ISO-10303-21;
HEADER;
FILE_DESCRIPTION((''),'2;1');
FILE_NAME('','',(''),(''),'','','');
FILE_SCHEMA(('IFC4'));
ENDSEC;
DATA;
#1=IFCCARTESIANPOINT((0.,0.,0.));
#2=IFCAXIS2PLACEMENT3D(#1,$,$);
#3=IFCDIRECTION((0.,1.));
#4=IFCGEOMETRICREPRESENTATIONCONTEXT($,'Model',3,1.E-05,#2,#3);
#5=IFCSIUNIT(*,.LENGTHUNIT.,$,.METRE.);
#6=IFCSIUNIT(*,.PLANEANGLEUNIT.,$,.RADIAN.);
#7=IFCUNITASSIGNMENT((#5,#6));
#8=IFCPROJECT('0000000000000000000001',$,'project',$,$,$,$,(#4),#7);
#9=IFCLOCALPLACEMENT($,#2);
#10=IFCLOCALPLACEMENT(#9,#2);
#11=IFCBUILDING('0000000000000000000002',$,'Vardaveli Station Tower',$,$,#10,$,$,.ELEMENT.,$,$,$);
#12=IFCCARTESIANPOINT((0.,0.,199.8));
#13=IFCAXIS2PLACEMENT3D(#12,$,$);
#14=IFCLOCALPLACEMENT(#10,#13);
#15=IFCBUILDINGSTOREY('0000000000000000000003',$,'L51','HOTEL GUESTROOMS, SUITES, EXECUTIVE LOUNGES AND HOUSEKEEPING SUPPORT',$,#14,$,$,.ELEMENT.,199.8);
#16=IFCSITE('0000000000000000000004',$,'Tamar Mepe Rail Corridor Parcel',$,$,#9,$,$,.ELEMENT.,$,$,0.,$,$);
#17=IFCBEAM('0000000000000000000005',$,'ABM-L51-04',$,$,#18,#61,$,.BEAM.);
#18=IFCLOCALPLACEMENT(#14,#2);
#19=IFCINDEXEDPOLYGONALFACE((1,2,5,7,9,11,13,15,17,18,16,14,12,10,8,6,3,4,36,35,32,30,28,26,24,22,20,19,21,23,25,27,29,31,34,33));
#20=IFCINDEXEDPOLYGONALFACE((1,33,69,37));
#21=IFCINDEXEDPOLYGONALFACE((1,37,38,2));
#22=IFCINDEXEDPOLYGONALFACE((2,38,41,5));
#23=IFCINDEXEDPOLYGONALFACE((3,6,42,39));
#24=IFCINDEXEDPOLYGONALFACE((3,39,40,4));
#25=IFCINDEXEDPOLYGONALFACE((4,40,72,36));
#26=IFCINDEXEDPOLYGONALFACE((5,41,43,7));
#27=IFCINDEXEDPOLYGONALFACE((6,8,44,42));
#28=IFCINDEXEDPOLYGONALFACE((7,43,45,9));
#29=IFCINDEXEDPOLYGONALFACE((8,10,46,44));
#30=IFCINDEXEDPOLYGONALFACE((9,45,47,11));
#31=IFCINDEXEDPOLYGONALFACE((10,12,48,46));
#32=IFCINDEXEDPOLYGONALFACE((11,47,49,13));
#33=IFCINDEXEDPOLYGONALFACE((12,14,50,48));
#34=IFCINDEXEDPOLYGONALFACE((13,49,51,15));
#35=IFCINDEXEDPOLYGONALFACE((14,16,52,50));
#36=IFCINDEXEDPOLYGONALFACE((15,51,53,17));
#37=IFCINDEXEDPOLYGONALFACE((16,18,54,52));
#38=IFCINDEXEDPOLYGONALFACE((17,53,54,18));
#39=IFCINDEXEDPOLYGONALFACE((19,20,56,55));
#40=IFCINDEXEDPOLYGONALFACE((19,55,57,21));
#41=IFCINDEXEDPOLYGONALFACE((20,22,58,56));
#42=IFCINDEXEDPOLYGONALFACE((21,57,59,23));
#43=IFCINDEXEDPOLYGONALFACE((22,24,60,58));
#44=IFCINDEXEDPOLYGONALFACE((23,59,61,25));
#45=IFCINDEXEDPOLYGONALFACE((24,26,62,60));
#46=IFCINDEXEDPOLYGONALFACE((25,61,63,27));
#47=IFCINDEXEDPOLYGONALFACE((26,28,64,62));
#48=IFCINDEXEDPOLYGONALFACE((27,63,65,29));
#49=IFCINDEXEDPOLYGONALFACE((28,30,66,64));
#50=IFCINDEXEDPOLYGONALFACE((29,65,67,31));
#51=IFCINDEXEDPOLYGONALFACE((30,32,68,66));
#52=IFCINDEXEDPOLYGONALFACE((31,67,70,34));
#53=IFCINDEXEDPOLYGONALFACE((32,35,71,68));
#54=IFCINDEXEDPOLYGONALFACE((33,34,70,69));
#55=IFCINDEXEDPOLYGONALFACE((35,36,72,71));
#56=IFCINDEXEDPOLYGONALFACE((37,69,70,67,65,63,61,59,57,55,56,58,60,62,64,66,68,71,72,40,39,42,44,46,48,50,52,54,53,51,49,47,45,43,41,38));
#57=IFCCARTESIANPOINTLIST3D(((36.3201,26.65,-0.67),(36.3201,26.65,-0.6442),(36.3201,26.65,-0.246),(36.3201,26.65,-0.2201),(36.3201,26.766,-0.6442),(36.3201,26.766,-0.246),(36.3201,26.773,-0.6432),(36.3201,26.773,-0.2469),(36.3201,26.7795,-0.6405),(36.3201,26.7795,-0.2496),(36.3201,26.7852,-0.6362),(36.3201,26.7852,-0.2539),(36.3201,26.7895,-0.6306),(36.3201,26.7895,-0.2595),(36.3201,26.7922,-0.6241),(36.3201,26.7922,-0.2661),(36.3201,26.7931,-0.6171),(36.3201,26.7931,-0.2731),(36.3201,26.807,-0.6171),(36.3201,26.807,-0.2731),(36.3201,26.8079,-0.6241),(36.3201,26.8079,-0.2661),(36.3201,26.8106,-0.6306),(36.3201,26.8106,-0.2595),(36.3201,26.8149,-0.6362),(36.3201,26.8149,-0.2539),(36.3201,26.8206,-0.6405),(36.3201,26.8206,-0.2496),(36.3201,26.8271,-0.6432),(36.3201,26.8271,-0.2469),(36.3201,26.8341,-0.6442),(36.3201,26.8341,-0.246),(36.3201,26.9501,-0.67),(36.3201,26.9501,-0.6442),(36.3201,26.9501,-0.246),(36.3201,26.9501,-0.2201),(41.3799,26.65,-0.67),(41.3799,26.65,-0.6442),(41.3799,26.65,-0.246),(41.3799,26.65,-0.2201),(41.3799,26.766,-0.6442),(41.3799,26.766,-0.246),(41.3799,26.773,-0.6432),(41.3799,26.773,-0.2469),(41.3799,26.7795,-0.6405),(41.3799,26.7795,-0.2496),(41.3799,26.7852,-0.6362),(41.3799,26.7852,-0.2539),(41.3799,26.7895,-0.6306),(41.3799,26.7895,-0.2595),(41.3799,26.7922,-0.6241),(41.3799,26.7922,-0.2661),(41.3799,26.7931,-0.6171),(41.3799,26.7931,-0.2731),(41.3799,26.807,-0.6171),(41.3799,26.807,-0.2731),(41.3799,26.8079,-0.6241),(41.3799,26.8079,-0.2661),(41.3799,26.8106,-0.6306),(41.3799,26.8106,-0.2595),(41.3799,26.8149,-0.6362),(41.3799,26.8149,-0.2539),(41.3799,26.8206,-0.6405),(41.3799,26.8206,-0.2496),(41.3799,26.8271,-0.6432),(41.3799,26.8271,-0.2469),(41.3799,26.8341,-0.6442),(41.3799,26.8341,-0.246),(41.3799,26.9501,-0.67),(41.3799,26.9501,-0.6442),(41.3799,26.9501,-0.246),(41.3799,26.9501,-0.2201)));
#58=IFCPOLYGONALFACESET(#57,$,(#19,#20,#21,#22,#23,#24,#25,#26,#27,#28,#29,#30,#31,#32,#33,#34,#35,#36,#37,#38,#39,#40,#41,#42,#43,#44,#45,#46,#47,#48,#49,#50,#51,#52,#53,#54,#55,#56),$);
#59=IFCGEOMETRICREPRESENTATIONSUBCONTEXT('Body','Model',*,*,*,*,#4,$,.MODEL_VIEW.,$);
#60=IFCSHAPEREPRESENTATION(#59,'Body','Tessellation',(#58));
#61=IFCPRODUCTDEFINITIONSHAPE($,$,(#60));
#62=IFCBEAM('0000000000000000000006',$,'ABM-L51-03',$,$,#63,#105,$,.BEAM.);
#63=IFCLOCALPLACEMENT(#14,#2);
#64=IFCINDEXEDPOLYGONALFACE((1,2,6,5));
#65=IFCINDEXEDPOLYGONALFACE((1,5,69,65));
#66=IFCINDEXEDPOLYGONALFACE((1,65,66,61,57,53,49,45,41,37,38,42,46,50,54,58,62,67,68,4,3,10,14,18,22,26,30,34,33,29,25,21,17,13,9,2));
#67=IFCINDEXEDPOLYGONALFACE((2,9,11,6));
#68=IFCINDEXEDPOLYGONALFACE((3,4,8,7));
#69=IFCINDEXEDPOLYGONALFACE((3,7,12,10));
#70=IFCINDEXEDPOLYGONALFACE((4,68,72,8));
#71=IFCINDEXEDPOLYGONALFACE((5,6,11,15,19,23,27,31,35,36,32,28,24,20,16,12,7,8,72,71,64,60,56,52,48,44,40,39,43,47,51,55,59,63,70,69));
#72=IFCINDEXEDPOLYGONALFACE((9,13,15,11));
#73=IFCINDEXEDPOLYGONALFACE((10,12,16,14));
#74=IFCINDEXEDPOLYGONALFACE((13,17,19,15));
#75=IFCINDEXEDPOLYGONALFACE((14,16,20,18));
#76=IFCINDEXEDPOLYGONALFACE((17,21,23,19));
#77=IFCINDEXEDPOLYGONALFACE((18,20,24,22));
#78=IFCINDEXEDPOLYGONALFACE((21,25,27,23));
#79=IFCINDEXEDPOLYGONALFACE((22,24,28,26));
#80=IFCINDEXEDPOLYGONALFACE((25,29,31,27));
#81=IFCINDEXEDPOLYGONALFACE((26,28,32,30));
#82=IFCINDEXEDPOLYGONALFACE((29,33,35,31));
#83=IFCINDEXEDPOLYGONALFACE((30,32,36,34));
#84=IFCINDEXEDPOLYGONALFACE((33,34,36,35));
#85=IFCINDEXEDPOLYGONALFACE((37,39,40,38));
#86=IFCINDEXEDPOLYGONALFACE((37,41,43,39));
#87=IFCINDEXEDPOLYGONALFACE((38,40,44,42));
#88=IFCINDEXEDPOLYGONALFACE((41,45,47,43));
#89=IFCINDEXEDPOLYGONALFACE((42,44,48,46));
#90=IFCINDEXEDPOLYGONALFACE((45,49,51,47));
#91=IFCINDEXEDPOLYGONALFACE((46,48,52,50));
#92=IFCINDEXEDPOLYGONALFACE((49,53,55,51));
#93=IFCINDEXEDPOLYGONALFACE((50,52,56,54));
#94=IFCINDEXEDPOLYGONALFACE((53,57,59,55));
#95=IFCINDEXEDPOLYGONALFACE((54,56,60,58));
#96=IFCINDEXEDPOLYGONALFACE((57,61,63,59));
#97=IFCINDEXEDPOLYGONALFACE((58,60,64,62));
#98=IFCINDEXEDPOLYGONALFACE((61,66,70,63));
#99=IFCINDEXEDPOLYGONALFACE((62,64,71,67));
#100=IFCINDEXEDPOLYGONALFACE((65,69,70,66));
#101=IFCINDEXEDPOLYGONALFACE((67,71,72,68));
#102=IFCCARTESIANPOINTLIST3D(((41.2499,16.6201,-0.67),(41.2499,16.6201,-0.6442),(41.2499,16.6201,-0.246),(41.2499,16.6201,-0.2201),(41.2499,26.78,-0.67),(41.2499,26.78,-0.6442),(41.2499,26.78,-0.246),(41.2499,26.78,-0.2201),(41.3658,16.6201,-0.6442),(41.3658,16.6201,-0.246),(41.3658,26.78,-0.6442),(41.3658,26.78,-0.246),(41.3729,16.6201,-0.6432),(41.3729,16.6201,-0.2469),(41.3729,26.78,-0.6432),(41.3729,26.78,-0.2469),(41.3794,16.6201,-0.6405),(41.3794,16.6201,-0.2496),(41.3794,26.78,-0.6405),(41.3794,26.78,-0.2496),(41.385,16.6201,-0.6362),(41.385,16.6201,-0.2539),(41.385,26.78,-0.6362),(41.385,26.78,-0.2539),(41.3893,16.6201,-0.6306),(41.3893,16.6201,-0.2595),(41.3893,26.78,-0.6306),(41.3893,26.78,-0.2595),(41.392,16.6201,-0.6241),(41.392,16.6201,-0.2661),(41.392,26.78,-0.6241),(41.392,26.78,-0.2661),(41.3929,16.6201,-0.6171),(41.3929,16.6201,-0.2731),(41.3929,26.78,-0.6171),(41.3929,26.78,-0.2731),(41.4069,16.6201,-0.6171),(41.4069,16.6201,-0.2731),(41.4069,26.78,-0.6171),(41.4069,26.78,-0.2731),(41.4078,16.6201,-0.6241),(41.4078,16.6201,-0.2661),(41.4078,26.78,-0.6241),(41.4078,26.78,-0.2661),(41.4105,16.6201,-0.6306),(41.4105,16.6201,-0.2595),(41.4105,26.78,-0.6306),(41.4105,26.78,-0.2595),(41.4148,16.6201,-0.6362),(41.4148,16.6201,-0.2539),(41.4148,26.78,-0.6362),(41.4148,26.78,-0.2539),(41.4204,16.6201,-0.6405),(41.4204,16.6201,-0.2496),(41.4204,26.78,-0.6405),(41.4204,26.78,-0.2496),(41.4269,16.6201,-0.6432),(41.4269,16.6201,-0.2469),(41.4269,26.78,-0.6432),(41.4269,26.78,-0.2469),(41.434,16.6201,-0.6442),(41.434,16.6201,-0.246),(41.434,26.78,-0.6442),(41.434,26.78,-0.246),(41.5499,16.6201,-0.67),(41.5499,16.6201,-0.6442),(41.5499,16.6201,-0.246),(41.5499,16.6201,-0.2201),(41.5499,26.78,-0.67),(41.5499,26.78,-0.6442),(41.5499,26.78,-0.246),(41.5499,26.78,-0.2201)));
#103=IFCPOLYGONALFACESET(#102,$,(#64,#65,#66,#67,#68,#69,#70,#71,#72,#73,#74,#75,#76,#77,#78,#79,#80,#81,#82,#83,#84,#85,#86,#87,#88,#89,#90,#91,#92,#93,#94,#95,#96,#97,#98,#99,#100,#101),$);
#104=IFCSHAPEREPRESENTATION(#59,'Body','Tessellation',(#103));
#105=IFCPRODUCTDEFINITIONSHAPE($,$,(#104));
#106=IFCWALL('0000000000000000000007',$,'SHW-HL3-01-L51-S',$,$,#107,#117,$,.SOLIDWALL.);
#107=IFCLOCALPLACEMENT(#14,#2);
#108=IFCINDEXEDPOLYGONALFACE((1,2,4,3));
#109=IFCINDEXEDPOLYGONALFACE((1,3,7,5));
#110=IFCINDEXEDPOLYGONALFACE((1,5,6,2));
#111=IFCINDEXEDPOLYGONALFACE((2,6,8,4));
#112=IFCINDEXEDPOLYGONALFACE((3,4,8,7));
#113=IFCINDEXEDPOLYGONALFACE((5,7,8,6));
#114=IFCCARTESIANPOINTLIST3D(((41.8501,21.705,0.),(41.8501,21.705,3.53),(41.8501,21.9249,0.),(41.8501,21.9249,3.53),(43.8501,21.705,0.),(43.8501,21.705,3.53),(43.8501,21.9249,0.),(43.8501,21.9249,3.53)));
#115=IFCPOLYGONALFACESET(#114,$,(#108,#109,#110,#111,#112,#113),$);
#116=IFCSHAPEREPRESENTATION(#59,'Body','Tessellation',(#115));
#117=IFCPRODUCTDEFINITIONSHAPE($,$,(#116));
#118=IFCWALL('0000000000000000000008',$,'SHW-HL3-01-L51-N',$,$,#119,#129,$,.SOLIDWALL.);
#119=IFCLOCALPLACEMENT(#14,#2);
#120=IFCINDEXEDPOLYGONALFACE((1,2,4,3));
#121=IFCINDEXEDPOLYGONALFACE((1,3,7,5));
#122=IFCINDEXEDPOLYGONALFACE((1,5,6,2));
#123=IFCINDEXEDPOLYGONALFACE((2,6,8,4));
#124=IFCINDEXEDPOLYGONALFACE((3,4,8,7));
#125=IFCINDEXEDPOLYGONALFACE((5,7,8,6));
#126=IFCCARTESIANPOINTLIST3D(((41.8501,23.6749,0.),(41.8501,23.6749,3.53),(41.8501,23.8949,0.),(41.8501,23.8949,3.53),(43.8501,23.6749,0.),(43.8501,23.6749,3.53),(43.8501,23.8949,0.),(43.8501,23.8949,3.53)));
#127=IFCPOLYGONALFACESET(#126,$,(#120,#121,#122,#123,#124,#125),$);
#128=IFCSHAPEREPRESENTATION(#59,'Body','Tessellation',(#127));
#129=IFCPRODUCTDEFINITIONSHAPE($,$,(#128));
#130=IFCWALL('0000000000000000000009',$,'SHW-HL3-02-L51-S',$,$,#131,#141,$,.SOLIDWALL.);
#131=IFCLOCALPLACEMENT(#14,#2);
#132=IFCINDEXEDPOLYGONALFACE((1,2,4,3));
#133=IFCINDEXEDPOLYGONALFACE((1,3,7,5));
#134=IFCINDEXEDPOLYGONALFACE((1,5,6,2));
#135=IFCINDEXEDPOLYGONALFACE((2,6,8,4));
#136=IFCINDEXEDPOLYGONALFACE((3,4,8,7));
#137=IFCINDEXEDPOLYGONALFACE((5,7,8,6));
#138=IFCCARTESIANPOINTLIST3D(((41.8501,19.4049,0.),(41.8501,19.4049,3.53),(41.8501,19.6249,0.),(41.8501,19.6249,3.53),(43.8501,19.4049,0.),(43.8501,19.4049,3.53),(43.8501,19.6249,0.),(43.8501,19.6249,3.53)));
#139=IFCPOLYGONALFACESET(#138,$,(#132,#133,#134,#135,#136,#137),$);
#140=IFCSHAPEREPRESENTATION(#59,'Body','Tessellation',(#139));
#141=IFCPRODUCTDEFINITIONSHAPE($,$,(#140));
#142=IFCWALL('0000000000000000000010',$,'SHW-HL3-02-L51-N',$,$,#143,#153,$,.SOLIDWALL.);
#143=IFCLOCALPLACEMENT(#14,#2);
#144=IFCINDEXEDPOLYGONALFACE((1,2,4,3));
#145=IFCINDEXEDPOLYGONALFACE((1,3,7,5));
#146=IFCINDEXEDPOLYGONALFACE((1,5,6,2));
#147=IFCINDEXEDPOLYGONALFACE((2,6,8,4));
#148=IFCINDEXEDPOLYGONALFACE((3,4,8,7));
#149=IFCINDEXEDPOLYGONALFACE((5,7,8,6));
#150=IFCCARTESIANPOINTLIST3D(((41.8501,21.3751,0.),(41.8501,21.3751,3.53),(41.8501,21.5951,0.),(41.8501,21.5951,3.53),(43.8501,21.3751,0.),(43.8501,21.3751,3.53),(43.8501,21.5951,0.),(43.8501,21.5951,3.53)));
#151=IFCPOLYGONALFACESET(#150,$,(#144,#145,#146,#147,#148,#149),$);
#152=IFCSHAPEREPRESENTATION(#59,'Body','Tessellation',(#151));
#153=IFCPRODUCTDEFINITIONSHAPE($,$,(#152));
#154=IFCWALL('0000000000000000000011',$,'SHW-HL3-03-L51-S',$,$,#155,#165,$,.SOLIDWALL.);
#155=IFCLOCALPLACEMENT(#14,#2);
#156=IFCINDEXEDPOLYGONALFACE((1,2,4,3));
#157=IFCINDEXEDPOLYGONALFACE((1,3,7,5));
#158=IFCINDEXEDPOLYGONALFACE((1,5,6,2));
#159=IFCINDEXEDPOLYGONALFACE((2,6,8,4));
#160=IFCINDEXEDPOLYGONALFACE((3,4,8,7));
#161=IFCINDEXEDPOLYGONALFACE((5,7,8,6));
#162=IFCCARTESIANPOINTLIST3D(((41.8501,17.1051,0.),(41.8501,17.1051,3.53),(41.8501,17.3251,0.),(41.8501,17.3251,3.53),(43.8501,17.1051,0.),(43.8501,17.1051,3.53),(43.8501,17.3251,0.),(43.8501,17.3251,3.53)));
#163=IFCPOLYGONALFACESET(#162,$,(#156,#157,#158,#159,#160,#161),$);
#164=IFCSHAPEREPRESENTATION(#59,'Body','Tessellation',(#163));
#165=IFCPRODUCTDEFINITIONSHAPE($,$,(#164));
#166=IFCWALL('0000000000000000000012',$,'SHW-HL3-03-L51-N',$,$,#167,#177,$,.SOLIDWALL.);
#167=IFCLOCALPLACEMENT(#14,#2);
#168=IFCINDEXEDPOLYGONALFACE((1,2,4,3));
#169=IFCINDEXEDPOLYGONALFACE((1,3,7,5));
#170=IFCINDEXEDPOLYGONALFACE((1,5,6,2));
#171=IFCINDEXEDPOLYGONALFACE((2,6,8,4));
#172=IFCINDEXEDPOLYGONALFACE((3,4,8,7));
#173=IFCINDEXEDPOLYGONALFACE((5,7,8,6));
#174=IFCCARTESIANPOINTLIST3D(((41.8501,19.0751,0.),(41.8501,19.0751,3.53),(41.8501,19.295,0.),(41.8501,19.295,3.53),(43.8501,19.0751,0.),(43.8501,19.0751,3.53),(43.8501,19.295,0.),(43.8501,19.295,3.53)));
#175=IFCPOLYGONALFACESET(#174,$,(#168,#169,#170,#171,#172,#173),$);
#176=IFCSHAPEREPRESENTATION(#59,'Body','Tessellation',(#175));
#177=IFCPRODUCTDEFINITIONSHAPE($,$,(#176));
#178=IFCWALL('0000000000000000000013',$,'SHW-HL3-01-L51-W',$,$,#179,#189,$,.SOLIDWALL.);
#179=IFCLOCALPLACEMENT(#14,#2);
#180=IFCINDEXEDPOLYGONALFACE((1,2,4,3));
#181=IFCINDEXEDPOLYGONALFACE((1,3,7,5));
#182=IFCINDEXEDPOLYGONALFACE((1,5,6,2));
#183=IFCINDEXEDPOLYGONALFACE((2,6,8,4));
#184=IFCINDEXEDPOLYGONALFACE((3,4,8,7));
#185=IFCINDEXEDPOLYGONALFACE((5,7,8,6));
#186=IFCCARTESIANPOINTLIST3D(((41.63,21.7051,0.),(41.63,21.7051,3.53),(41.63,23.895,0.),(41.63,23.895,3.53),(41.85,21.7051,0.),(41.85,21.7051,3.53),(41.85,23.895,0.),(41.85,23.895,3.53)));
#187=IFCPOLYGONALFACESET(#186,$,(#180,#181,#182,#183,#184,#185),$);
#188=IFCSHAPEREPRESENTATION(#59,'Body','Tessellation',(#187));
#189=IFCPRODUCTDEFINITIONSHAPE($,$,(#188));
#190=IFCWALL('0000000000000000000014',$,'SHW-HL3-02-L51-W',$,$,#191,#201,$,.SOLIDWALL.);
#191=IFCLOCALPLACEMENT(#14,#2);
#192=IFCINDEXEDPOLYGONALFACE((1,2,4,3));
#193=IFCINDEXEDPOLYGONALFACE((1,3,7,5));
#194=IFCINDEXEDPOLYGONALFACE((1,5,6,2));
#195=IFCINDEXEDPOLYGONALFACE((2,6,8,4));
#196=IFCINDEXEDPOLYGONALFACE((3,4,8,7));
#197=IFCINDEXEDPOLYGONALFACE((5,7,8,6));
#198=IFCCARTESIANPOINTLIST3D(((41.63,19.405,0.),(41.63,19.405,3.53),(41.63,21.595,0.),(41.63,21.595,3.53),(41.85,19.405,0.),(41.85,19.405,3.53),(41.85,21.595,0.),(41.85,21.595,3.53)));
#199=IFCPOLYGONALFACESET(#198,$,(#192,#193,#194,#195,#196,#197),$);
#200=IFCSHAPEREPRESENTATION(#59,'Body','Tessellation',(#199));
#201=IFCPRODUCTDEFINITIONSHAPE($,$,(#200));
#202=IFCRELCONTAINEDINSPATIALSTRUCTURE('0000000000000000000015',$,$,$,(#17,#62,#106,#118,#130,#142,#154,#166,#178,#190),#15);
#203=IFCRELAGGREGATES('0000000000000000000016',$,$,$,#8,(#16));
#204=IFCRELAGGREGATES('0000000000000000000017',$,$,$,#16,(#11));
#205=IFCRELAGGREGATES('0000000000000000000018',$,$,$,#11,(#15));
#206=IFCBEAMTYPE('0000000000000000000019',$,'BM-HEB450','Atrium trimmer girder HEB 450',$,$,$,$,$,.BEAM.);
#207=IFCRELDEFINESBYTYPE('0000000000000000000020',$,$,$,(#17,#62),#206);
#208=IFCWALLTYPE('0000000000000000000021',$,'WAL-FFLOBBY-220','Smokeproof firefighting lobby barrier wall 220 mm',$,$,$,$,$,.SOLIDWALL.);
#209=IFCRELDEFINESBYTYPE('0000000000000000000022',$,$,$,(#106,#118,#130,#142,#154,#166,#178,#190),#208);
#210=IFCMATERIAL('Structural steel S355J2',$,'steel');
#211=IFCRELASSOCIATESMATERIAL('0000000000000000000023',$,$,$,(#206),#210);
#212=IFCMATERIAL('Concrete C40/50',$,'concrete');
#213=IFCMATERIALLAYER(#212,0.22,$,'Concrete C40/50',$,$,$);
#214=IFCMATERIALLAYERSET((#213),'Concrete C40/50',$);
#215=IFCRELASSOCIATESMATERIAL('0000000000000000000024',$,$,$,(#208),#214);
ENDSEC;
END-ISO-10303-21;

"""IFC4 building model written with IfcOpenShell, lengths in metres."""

from ifc_helpers import new_model, si_unit, direction, frame, frame_2d, origin, origin_2d, place, context, subcontext, project, spatial, rectangle, i_section, extrude, source, transform, mapped, material, layer, layer_set, material_profile, profile_set, type_object, element, save


model = new_model("IFC4")

# Units and contexts
model_context = context("Model", 3, precision=1e-05, world=origin(), true_north=direction((0.0, 1.0)))
body_context = subcontext(model_context, "Body", "Model", "MODEL_VIEW")
ifc_project = project(units=[si_unit("LENGTHUNIT", "METRE"), si_unit("PLANEANGLEUNIT", "RADIAN")], contexts=[model_context])

# Site, building, storey
site_placement = place(None, origin())
site = spatial("IfcSite", under=ifc_project, at=site_placement, Name="Tamar Mepe Rail Corridor Parcel", CompositionType="ELEMENT", RefElevation=0.0)
building_placement = place(site_placement, origin())
building = spatial("IfcBuilding", under=site, at=building_placement, Name="Vardaveli Station Tower", CompositionType="ELEMENT")
storey_placement = place(building_placement, frame((0.0, 0.0, 199.8)))
storey = spatial("IfcBuildingStorey", under=building, at=storey_placement, Name="L51", Description="HOTEL GUESTROOMS, SUITES, EXECUTIVE LOUNGES AND HOUSEKEEPING SUPPORT", CompositionType="ELEMENT", Elevation=199.8)

# Beams
ifc_material_1 = material(Name="Structural steel S355J2", Category="steel")
ifc_material_profile_1 = material_profile(ifc_material_1, i_section(OverallWidth=0.3, OverallDepth=0.45, WebThickness=0.0139, FlangeThickness=0.0259, FilletRadius=0.0271, at=origin_2d()), Name="HEB 450")
ifc_profile_set_1 = profile_set([ifc_material_profile_1], Name="Structural steel S355J2")
beam_type = type_object("IfcBeamType", Name="BM-HEB450", Description="Atrium trimmer girder HEB 450", PredefinedType="BEAM", material=ifc_profile_set_1)
shared_shape_1 = source(origin(), body_context, "Body", "SweptSolid", [
    extrude(i_section(OverallWidth=0.3, OverallDepth=0.45, WebThickness=0.0139, FlangeThickness=0.0259, FilletRadius=0.0271, at=origin_2d()), origin(), (0.0, 0.0, 1.0), 5.0598),
])
beam_1_placement = place(storey_placement, frame((41.3799, 26.8, -0.4451), z_axis=(-1.0, 0.0, 0.0), x_axis=(0.0, -1.0, 0.0)))
element("IfcBeam", 1, at=beam_1_placement, inside=storey, type_object=beam_type, Name="ABM-L51-04", PredefinedType="BEAM", context=body_context, shape_type="MappedRepresentation", body=[
    mapped(shared_shape_1, transform((0.0, 0.0, 0.0), scale=1.0)),
])
shared_shape_2 = source(origin(), body_context, "Body", "SweptSolid", [
    extrude(i_section(OverallWidth=0.3, OverallDepth=0.45, WebThickness=0.0139, FlangeThickness=0.0259, FilletRadius=0.0271, at=origin_2d()), origin(), (0.0, 0.0, 1.0), 10.1599),
])
beam_2_placement = place(storey_placement, frame((41.3999, 16.6201, -0.4451), z_axis=(0.0, 1.0, 0.0), x_axis=(-1.0, 0.0, 0.0)))
element("IfcBeam", 2, at=beam_2_placement, inside=storey, type_object=beam_type, Name="ABM-L51-03", PredefinedType="BEAM", context=body_context, shape_type="MappedRepresentation", body=[
    mapped(shared_shape_2, transform((0.0, 0.0, 0.0), scale=1.0)),
])

# Walls
ifc_material_2 = material(Name="Concrete C40/50", Category="concrete")
ifc_layer_1 = layer(ifc_material_2, 0.22, Name="Concrete C40/50")
ifc_layer_set_1 = layer_set([ifc_layer_1], Name="Concrete C40/50")
wall_type_1 = type_object("IfcWallType", Name="WAL-FFLOBBY-220", Description="Smokeproof firefighting lobby barrier wall 220 mm", PredefinedType="SOLIDWALL", material=ifc_layer_set_1)
shared_shape_3 = source(origin(), body_context, "Body", "SweptSolid", [
    extrude(rectangle(XDim=2.0, YDim=0.22, at=frame_2d((1.0, 0.0))), origin(), (0.0, 0.0, 1.0), 3.53),
])
for number, where, z_axis, x_axis, name in (
    (3, (41.8501, 21.8149, 0.0), (0.0, 0.0, 1.0), (1.0, 0.0, 0.0), "SHW-HL3-01-L51-S"),
    (4, (41.8501, 23.7849, 0.0), (0.0, 0.0, 1.0), (1.0, 0.0, 0.0), "SHW-HL3-01-L51-N"),
    (5, (41.8501, 19.5149, 0.0), (0.0, 0.0, 1.0), (1.0, 0.0, 0.0), "SHW-HL3-02-L51-S"),
    (6, (41.8501, 21.4851, 0.0), (0.0, 0.0, 1.0), (1.0, 0.0, 0.0), "SHW-HL3-02-L51-N"),
    (7, (41.8501, 17.2151, 0.0), (0.0, 0.0, 1.0), (1.0, 0.0, 0.0), "SHW-HL3-03-L51-S"),
    (8, (41.8501, 19.1851, 0.0), (0.0, 0.0, 1.0), (1.0, 0.0, 0.0), "SHW-HL3-03-L51-N"),
):
    element("IfcWall", number, at=place(storey_placement, frame(where, z_axis=z_axis, x_axis=x_axis)), inside=storey, type_object=wall_type_1, Name=name, PredefinedType="SOLIDWALL", context=body_context, shape_type="MappedRepresentation", body=[
        mapped(shared_shape_3, transform((0.0, 0.0, 0.0), scale=1.0)),
    ])
shared_shape_4 = source(origin(), body_context, "Body", "SweptSolid", [
    extrude(rectangle(XDim=2.1899, YDim=0.22, at=frame_2d((1.095, 0.0))), origin(), (0.0, 0.0, 1.0), 3.53),
])
for number, where, z_axis, x_axis, name in (
    (9, (41.74, 21.7051, 0.0), (0.0, 0.0, 1.0), (0.0, 1.0, 0.0), "SHW-HL3-01-L51-W"),
    (10, (41.74, 19.405, 0.0), (0.0, 0.0, 1.0), (0.0, 1.0, 0.0), "SHW-HL3-02-L51-W"),
):
    element("IfcWall", number, at=place(storey_placement, frame(where, z_axis=z_axis, x_axis=x_axis)), inside=storey, type_object=wall_type_1, Name=name, PredefinedType="SOLIDWALL", context=body_context, shape_type="MappedRepresentation", body=[
        mapped(shared_shape_4, transform((0.0, 0.0, 0.0), scale=1.0)),
    ])

save(model, "model.ifc")
